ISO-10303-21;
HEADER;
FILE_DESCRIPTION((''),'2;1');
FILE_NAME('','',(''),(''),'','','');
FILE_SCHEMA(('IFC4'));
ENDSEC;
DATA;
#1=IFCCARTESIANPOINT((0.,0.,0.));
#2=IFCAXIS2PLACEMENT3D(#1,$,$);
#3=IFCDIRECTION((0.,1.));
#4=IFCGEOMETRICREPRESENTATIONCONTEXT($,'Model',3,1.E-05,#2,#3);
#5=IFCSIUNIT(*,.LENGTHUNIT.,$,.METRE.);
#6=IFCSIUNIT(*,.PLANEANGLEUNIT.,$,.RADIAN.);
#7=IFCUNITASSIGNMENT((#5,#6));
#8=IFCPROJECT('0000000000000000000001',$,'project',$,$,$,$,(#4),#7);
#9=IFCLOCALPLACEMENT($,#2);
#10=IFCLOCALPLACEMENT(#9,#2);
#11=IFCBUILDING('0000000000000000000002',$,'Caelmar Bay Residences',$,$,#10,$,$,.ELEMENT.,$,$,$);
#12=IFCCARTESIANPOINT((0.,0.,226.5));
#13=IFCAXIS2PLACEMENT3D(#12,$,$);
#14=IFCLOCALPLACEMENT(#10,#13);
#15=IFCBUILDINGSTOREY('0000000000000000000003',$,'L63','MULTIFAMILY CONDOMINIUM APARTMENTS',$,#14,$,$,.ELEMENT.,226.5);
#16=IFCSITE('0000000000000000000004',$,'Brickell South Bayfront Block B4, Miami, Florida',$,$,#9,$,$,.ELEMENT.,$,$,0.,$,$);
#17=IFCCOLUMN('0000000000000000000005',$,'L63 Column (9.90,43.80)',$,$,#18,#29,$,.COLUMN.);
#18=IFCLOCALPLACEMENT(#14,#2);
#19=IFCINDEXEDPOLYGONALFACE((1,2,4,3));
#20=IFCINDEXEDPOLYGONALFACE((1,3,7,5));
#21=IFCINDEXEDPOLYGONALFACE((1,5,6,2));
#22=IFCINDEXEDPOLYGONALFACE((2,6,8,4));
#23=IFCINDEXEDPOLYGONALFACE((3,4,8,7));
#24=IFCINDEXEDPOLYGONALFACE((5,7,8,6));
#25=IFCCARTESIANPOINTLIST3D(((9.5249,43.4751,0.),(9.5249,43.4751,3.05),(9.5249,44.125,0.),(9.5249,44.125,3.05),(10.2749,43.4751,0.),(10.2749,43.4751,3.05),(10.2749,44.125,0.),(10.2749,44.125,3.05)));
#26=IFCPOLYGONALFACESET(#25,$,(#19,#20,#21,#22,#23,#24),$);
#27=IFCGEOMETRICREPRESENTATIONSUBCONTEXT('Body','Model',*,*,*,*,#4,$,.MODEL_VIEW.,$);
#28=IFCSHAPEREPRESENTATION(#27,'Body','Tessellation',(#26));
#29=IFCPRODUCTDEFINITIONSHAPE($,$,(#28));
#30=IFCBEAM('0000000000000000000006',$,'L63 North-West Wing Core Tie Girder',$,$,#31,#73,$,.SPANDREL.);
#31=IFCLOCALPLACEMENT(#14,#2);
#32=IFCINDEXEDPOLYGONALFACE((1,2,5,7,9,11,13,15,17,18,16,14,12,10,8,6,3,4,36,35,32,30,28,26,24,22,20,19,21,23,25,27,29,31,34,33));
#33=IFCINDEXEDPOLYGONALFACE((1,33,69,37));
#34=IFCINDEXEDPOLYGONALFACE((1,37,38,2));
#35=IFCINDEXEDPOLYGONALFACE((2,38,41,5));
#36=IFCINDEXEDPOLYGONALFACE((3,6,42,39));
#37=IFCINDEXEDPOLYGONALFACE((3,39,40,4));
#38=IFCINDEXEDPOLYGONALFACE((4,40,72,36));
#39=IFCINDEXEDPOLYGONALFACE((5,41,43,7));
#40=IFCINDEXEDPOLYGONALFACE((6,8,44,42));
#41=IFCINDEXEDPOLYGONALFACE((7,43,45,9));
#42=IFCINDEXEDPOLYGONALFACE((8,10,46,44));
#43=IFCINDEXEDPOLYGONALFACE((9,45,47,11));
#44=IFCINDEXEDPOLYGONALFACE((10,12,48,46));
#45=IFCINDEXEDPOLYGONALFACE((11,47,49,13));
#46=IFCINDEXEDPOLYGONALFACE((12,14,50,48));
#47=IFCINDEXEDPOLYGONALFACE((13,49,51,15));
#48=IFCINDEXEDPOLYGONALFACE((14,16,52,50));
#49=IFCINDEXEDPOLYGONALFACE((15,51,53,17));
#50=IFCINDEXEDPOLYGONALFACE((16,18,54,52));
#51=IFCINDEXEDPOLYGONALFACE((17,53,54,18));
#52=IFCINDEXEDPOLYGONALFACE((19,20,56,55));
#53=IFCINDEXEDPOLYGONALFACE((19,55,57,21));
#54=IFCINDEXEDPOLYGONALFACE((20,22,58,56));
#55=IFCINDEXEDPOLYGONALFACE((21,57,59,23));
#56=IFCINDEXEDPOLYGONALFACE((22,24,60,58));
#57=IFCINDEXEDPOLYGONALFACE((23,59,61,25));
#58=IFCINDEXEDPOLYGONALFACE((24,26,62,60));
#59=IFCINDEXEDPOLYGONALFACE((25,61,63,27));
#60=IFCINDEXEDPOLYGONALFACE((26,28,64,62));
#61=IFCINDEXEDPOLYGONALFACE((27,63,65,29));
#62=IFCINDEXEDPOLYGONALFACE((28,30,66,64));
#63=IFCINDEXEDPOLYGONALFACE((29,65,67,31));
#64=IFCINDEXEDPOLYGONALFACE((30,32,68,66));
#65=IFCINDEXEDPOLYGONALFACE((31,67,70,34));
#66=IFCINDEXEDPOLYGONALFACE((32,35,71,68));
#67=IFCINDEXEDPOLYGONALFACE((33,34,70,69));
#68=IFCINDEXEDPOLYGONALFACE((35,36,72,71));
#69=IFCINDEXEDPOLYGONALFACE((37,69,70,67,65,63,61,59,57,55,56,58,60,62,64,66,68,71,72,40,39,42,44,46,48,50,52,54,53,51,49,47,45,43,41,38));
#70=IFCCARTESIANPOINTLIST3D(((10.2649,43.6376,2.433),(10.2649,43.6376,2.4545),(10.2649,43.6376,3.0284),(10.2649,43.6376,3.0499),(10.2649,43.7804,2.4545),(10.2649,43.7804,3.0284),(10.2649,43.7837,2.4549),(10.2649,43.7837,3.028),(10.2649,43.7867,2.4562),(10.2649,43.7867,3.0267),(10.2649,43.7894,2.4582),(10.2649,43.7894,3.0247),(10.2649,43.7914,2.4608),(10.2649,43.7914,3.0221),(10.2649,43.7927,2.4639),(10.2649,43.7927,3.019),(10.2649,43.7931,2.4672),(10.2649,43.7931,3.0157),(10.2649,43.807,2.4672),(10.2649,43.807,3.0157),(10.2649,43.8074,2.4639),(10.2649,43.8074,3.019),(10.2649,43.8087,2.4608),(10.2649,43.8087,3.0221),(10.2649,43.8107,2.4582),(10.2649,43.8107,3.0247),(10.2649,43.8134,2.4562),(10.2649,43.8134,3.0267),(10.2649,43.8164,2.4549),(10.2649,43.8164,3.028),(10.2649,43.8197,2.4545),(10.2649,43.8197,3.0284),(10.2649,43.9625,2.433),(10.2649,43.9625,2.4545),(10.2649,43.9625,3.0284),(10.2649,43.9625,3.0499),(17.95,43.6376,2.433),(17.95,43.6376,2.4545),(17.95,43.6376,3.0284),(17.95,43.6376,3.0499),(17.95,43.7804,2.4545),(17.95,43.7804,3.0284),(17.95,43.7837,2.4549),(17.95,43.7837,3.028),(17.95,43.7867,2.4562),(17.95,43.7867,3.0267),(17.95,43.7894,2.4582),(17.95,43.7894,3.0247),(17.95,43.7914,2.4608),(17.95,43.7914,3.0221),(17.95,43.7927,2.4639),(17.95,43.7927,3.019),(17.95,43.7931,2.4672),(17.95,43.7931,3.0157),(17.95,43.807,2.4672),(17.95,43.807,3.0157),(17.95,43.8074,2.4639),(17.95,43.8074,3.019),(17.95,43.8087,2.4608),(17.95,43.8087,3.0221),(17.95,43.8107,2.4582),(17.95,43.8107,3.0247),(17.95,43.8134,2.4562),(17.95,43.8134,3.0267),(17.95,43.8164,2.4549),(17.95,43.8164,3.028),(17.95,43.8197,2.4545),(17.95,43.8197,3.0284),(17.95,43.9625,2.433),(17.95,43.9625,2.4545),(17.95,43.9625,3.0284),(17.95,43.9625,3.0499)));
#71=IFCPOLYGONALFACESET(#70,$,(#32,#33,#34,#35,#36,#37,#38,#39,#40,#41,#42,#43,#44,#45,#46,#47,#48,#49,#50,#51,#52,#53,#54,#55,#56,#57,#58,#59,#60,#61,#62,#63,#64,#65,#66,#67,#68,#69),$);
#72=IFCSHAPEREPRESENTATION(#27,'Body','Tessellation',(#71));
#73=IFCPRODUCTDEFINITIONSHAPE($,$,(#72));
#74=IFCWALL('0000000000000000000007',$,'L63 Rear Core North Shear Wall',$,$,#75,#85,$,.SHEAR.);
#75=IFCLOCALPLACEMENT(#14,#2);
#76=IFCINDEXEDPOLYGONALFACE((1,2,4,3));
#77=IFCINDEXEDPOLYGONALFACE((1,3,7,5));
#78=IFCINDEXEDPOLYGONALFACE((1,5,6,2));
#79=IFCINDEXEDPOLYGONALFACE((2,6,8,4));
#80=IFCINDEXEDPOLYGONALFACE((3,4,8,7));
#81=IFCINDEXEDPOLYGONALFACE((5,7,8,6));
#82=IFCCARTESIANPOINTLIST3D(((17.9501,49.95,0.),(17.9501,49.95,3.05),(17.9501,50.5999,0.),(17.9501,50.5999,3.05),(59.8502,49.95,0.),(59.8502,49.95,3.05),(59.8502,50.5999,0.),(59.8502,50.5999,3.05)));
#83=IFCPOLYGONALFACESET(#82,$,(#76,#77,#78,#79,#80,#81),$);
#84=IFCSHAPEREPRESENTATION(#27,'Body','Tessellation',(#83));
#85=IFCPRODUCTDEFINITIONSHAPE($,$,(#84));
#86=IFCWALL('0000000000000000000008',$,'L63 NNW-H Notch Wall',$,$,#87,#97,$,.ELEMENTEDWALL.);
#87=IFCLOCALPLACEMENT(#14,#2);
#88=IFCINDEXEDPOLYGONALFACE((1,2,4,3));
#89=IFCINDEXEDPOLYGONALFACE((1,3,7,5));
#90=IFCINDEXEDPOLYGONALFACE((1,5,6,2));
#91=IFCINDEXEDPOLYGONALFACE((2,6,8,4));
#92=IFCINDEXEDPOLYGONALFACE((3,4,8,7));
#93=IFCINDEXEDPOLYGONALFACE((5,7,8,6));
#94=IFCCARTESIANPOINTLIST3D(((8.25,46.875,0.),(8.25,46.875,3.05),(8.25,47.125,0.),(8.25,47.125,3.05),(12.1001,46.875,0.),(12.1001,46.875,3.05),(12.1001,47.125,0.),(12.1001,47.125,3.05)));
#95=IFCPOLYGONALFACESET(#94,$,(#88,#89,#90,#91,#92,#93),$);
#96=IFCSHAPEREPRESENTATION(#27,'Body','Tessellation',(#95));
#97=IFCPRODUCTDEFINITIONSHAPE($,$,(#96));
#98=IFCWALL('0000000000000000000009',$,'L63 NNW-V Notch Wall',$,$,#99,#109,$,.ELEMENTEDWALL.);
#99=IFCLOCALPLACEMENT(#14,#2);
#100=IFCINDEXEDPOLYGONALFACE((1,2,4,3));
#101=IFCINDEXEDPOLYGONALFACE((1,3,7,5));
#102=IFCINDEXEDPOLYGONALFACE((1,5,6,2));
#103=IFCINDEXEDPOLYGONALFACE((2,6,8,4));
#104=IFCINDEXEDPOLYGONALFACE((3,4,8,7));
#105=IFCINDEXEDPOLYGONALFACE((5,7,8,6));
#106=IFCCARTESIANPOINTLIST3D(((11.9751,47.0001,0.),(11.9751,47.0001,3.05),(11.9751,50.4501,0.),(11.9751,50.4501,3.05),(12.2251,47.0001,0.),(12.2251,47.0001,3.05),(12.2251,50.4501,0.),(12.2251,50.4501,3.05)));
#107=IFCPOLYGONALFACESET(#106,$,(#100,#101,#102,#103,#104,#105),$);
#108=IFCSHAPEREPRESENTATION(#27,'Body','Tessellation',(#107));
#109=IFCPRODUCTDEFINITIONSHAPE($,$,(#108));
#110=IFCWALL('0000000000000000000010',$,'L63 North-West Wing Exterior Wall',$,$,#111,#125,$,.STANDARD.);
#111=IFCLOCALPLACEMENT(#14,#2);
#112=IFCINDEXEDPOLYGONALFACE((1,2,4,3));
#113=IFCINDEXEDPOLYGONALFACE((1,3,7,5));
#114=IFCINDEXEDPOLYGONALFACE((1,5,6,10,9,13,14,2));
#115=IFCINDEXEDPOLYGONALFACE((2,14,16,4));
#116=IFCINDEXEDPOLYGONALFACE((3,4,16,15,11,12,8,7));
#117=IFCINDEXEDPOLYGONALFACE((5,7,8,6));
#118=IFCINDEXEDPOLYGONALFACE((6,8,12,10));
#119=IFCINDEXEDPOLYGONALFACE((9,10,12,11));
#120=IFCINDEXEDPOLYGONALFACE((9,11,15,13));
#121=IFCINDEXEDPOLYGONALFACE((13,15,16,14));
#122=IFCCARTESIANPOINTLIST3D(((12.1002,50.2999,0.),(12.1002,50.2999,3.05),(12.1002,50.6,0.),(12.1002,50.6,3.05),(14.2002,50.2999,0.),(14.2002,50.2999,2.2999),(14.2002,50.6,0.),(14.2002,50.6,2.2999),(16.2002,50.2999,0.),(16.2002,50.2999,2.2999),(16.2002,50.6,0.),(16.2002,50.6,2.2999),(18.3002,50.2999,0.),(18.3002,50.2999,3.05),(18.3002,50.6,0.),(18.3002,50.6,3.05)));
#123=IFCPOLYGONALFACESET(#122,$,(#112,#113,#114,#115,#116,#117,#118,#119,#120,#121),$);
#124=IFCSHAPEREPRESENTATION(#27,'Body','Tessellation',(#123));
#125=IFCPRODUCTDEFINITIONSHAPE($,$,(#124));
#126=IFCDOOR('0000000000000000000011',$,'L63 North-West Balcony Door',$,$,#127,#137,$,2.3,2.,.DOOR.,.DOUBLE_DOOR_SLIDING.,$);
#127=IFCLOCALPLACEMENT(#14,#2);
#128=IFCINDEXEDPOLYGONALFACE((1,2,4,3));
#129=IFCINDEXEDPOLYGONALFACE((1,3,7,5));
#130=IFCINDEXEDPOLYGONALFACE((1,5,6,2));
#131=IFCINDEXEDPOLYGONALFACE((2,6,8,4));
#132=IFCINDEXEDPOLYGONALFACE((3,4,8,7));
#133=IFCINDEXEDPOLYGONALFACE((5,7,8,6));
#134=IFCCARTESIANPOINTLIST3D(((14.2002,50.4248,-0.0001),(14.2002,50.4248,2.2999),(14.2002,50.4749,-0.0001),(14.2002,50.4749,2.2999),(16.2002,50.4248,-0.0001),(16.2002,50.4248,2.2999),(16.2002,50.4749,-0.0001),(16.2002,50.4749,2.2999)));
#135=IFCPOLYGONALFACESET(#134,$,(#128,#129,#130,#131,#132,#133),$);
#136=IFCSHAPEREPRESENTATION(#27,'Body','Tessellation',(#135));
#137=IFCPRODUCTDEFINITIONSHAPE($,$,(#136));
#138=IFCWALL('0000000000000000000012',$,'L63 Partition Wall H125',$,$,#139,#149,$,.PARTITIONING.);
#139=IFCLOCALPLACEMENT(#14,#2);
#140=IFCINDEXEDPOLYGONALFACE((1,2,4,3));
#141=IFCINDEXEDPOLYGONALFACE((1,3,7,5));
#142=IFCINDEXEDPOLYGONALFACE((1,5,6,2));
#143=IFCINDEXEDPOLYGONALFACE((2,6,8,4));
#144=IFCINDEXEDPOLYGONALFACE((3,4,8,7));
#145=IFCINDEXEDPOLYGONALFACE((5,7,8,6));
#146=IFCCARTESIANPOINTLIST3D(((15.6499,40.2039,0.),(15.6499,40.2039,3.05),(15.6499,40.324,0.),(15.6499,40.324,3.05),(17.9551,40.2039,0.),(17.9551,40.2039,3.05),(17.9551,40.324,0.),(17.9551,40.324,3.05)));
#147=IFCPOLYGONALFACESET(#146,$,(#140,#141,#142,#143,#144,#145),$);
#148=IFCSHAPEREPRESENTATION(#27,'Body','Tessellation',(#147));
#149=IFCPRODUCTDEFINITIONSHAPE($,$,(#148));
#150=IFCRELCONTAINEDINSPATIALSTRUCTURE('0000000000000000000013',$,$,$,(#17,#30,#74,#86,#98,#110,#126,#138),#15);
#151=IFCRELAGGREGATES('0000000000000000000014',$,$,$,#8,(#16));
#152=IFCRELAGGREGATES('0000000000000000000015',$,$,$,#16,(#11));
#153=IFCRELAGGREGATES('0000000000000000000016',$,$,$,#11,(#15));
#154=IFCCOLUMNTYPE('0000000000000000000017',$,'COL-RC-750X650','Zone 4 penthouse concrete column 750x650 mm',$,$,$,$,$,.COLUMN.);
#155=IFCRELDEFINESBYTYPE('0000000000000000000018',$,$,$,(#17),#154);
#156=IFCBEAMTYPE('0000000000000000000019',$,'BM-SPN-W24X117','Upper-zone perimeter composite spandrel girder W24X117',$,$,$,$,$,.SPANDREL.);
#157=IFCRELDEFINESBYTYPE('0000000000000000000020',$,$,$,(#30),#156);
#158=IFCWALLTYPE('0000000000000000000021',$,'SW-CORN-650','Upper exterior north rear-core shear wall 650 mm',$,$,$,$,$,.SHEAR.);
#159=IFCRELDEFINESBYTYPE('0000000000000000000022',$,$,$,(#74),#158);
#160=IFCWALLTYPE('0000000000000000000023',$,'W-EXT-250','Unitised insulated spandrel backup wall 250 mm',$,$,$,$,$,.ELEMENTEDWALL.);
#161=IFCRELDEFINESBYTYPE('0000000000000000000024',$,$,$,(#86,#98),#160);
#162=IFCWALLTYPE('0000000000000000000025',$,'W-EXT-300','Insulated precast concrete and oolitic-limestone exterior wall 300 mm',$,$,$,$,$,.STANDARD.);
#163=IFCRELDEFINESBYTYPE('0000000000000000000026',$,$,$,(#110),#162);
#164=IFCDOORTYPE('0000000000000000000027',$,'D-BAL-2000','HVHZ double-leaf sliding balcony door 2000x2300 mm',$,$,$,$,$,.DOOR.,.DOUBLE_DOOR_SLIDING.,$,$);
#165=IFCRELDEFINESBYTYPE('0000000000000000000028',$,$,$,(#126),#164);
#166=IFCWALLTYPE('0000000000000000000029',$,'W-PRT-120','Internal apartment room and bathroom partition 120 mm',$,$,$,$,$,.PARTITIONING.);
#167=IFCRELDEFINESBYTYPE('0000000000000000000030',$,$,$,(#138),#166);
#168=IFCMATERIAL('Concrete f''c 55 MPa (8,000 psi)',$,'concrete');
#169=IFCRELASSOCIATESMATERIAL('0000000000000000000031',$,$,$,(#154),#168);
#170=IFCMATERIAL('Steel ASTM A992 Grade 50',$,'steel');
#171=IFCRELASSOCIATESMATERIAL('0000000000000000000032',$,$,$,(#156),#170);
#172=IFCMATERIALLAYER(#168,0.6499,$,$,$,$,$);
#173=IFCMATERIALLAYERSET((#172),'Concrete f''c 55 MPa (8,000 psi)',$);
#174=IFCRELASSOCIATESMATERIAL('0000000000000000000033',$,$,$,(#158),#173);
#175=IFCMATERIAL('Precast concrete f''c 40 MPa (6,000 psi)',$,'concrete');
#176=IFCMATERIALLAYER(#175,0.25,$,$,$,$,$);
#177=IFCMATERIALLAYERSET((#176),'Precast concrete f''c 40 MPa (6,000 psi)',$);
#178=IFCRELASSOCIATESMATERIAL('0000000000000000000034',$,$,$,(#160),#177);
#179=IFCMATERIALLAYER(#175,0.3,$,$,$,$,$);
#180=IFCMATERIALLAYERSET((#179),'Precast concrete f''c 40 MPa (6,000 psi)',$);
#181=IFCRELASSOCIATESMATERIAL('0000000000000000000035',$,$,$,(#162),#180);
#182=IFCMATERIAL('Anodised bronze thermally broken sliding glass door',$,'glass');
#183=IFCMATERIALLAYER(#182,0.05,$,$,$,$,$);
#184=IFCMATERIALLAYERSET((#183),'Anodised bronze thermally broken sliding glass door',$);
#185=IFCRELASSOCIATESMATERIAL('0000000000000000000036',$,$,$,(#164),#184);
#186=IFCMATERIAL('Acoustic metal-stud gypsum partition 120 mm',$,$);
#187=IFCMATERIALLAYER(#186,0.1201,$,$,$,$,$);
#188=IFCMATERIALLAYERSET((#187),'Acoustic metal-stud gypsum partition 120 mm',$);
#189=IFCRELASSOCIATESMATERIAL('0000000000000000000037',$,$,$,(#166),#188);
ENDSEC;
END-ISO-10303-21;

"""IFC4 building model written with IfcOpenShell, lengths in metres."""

from ifc_helpers import new_model, si_unit, direction, frame, frame_2d, origin, origin_2d, place, context, subcontext, project, spatial, rectangle, i_section, extrude, material, layer, layer_set, material_profile, profile_set, type_object, element, fill, save


model = new_model("IFC4")

# Units and contexts
model_context = context("Model", 3, precision=1e-05, world=origin(), true_north=direction((0.0, 1.0)))
body_context = subcontext(model_context, "Body", "Model", "MODEL_VIEW")
ifc_project = project(units=[si_unit("LENGTHUNIT", "METRE"), si_unit("PLANEANGLEUNIT", "RADIAN")], contexts=[model_context])

# Site, building, storey
site_placement = place(None, origin())
site = spatial("IfcSite", under=ifc_project, at=site_placement, Name="Brickell South Bayfront Block B4, Miami, Florida", CompositionType="ELEMENT", RefElevation=0.0)
building_placement = place(site_placement, origin())
building = spatial("IfcBuilding", under=site, at=building_placement, Name="Caelmar Bay Residences", CompositionType="ELEMENT")
storey_placement = place(building_placement, frame((0.0, 0.0, 226.5)))
storey = spatial("IfcBuildingStorey", under=building, at=storey_placement, Name="L63", Description="MULTIFAMILY CONDOMINIUM APARTMENTS", CompositionType="ELEMENT", Elevation=226.5)

# Column
ifc_material_1 = material(Name="Concrete f'c 55 MPa (8,000 psi)", Category="concrete")
ifc_material_profile_1 = material_profile(ifc_material_1, rectangle(XDim=0.75, YDim=0.6499, at=origin_2d()), Name="RC-COL-750X650")
ifc_profile_set_1 = profile_set([ifc_material_profile_1], Name="Concrete f'c 55 MPa (8,000 psi)")
column_type = type_object("IfcColumnType", Name="COL-RC-750X650", Description="Zone 4 penthouse concrete column 750x650 mm", PredefinedType="COLUMN", material=ifc_profile_set_1)
column_placement = place(storey_placement, frame((9.8999, 43.8, 0.0), z_axis=(0.0, 0.0, 1.0), x_axis=(1.0, 0.0, 0.0)))
element("IfcColumn", 1, at=column_placement, inside=storey, type_object=column_type, Name="L63 Column (9.90,43.80)", PredefinedType="COLUMN", context=body_context, shape_type="SweptSolid", body=[
    extrude(rectangle(XDim=0.75, YDim=0.6499, at=origin_2d()), origin(), (0.0, 0.0, 1.0), 3.05),
])

# Beam
ifc_material_2 = material(Name="Steel ASTM A992 Grade 50", Category="steel")
ifc_material_profile_2 = material_profile(ifc_material_2, i_section(OverallWidth=0.325, OverallDepth=0.6169, WebThickness=0.0139, FlangeThickness=0.0215, FilletRadius=0.0127, at=origin_2d()), Name="W24X117")
ifc_profile_set_2 = profile_set([ifc_material_profile_2], Name="Steel ASTM A992 Grade 50")
beam_type = type_object("IfcBeamType", Name="BM-SPN-W24X117", Description="Upper-zone perimeter composite spandrel girder W24X117", PredefinedType="SPANDREL", material=ifc_profile_set_2)
beam_placement = place(storey_placement, frame((10.2649, 43.8, 2.7415), z_axis=(1.0, 0.0, 0.0), x_axis=(0.0, 1.0, 0.0)))
element("IfcBeam", 2, at=beam_placement, inside=storey, type_object=beam_type, Name="L63 North-West Wing Core Tie Girder", PredefinedType="SPANDREL", context=body_context, shape_type="SweptSolid", body=[
    extrude(i_section(OverallWidth=0.325, OverallDepth=0.6169, WebThickness=0.0139, FlangeThickness=0.0215, FilletRadius=0.0127, at=origin_2d()), origin(), (0.0, 0.0, 1.0), 7.6851),
])

# Walls
ifc_layer_1 = layer(ifc_material_1, 0.6499)
ifc_layer_set_1 = layer_set([ifc_layer_1], Name="Concrete f'c 55 MPa (8,000 psi)")
wall_type_1 = type_object("IfcWallType", Name="SW-CORN-650", Description="Upper exterior north rear-core shear wall 650 mm", PredefinedType="SHEAR", material=ifc_layer_set_1)
wall_1_placement = place(storey_placement, frame((17.95, 50.2749, 0.0), z_axis=(0.0, 0.0, 1.0), x_axis=(1.0, 0.0, 0.0)))
element("IfcWall", 3, at=wall_1_placement, inside=storey, type_object=wall_type_1, Name="L63 Rear Core North Shear Wall", PredefinedType="SHEAR", context=body_context, shape_type="SweptSolid", body=[
    extrude(rectangle(XDim=41.9001, YDim=0.6499, at=frame_2d((20.9502, 0.0))), origin(), (0.0, 0.0, 1.0), 3.05),
])
ifc_material_3 = material(Name="Precast concrete f'c 40 MPa (6,000 psi)", Category="concrete")
ifc_layer_2 = layer(ifc_material_3, 0.25)
ifc_layer_set_2 = layer_set([ifc_layer_2], Name="Precast concrete f'c 40 MPa (6,000 psi)")
wall_type_2 = type_object("IfcWallType", Name="W-EXT-250", Description="Unitised insulated spandrel backup wall 250 mm", PredefinedType="ELEMENTEDWALL", material=ifc_layer_set_2)
wall_2_placement = place(storey_placement, frame((8.25, 47.0, 0.0), z_axis=(0.0, 0.0, 1.0), x_axis=(1.0, 0.0, 0.0)))
element("IfcWall", 4, at=wall_2_placement, inside=storey, type_object=wall_type_2, Name="L63 NNW-H Notch Wall", PredefinedType="ELEMENTEDWALL", context=body_context, shape_type="SweptSolid", body=[
    extrude(rectangle(XDim=3.8501, YDim=0.25, at=frame_2d((1.925, 0.0))), origin(), (0.0, 0.0, 1.0), 3.05),
])
wall_3_placement = place(storey_placement, frame((12.1001, 47.0, 0.0), z_axis=(0.0, 0.0, 1.0), x_axis=(0.0, 1.0, 0.0)))
element("IfcWall", 5, at=wall_3_placement, inside=storey, type_object=wall_type_2, Name="L63 NNW-V Notch Wall", PredefinedType="ELEMENTEDWALL", context=body_context, shape_type="SweptSolid", body=[
    extrude(rectangle(XDim=3.45, YDim=0.25, at=frame_2d((1.7251, 0.0))), origin(), (0.0, 0.0, 1.0), 3.05),
])

# Wall, opening, door
ifc_layer_3 = layer(ifc_material_3, 0.3)
ifc_layer_set_3 = layer_set([ifc_layer_3], Name="Precast concrete f'c 40 MPa (6,000 psi)")
wall_type_3 = type_object("IfcWallType", Name="W-EXT-300", Description="Insulated precast concrete and oolitic-limestone exterior wall 300 mm", PredefinedType="STANDARD", material=ifc_layer_set_3)
wall_4_placement = place(storey_placement, frame((12.1001, 50.45, 0.0), z_axis=(0.0, 0.0, 1.0), x_axis=(1.0, 0.0, 0.0)))
wall_4 = element("IfcWall", 6, at=wall_4_placement, inside=storey, type_object=wall_type_3, Name="L63 North-West Wing Exterior Wall", PredefinedType="STANDARD", context=body_context, shape_type="SweptSolid", body=[
    extrude(rectangle(XDim=6.2, YDim=0.3, at=frame_2d((3.1001, 0.0))), origin(), (0.0, 0.0, 1.0), 3.05),
])
opening_1_placement = place(wall_4_placement, frame((2.1001, 0.0, 0.0)))
opening_1 = element("IfcOpeningElement", 7, at=opening_1_placement, cuts=wall_4, PredefinedType="OPENING", context=body_context, shape_type="SweptSolid", body=[
    extrude(rectangle(XDim=2.0, YDim=2.3, at=frame_2d((1.0, 1.1499))), frame((0.0, 0.1599, 0.0), z_axis=(0.0, -1.0, 0.0), x_axis=(1.0, 0.0, 0.0)), (0.0, 0.0, 1.0), 0.3201),
])
ifc_material_4 = material(Name="Anodised bronze thermally broken sliding glass door", Category="glass")
ifc_layer_4 = layer(ifc_material_4, 0.05)
ifc_layer_set_4 = layer_set([ifc_layer_4], Name="Anodised bronze thermally broken sliding glass door")
door_type_1 = type_object("IfcDoorType", Name="D-BAL-2000", Description="HVHZ double-leaf sliding balcony door 2000x2300 mm", OperationType="DOUBLE_DOOR_SLIDING", PredefinedType="DOOR", material=ifc_layer_set_4)
door_1_placement = place(opening_1_placement, origin())
door_1 = element("IfcDoor", 8, at=door_1_placement, inside=storey, type_object=door_type_1, Name="L63 North-West Balcony Door", OperationType="DOUBLE_DOOR_SLIDING", OverallHeight=2.3, OverallWidth=2.0, PredefinedType="DOOR", context=body_context, shape_type="SweptSolid", body=[
    extrude(rectangle(XDim=2.0, YDim=2.3, at=frame_2d((1.0, 1.1499))), frame((0.0, 0.0249, 0.0), z_axis=(0.0, -1.0, 0.0), x_axis=(1.0, 0.0, 0.0)), (0.0, 0.0, 1.0), 0.05),
])
fill(opening_1, door_1)

# Wall
ifc_material_5 = material(Name="Acoustic metal-stud gypsum partition 120 mm")
ifc_layer_5 = layer(ifc_material_5, 0.1201)
ifc_layer_set_5 = layer_set([ifc_layer_5], Name="Acoustic metal-stud gypsum partition 120 mm")
wall_type_4 = type_object("IfcWallType", Name="W-PRT-120", Description="Internal apartment room and bathroom partition 120 mm", PredefinedType="PARTITIONING", material=ifc_layer_set_5)
wall_5_placement = place(storey_placement, frame((15.6499, 40.2639, 0.0), z_axis=(0.0, 0.0, 1.0), x_axis=(1.0, 0.0, 0.0)))
element("IfcWall", 9, at=wall_5_placement, inside=storey, type_object=wall_type_4, Name="L63 Partition Wall H125", PredefinedType="PARTITIONING", context=body_context, shape_type="SweptSolid", body=[
    extrude(rectangle(XDim=2.3052, YDim=0.1201, at=frame_2d((1.1526, 0.0))), origin(), (0.0, 0.0, 1.0), 3.05),
])

save(model, "model.ifc")
